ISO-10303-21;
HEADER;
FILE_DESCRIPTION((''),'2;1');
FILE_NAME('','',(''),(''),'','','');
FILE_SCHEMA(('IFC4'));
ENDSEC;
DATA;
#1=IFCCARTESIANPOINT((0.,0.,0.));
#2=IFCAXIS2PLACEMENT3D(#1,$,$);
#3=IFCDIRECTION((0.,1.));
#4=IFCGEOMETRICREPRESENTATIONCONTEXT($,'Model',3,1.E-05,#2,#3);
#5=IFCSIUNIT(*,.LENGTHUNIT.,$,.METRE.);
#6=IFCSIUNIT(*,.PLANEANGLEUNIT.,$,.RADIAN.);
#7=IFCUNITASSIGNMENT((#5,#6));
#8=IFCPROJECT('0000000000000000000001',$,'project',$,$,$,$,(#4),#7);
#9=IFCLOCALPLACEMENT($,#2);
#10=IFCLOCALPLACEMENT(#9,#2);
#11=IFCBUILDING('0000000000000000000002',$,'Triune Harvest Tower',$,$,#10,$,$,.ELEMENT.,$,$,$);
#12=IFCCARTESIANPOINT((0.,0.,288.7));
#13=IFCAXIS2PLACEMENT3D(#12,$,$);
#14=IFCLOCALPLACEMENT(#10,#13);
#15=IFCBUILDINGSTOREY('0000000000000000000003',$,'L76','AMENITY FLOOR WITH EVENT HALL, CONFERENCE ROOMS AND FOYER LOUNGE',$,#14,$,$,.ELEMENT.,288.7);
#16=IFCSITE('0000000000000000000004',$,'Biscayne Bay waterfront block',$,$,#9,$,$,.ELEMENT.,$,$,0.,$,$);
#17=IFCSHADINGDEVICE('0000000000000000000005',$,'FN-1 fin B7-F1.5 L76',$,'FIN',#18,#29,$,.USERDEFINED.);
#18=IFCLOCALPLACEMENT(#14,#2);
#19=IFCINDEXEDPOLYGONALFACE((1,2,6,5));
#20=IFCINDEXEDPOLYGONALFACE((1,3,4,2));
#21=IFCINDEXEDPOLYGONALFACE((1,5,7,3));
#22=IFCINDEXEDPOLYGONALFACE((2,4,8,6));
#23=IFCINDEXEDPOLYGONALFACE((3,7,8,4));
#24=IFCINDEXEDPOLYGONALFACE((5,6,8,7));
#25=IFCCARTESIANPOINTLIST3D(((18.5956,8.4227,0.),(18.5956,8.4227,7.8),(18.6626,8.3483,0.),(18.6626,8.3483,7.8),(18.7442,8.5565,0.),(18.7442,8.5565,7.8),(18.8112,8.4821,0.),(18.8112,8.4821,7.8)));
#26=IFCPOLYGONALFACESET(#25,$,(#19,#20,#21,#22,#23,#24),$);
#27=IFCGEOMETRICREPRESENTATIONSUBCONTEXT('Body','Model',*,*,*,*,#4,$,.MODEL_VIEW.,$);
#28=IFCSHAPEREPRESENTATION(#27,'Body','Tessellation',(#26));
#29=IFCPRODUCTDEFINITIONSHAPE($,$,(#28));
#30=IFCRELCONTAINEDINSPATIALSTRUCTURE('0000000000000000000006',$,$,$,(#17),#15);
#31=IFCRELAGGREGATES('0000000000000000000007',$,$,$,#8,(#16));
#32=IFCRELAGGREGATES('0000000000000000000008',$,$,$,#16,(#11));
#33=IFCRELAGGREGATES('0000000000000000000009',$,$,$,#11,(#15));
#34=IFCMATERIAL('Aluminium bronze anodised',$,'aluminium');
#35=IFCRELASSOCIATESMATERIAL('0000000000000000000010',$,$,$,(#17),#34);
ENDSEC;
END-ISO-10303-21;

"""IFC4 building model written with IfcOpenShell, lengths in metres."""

from ifc_helpers import new_model, si_unit, direction, frame, origin, origin_2d, place, context, subcontext, project, spatial, rectangle, extrude, source, transform, mapped, material, element, save


model = new_model("IFC4")

# Units and contexts
model_context = context("Model", 3, precision=1e-05, world=origin(), true_north=direction((0.0, 1.0)))
body_context = subcontext(model_context, "Body", "Model", "MODEL_VIEW")
ifc_project = project(units=[si_unit("LENGTHUNIT", "METRE"), si_unit("PLANEANGLEUNIT", "RADIAN")], contexts=[model_context])

# Site, building, storey
site_placement = place(None, origin())
site = spatial("IfcSite", under=ifc_project, at=site_placement, Name="Biscayne Bay waterfront block", CompositionType="ELEMENT", RefElevation=0.0)
building_placement = place(site_placement, origin())
building = spatial("IfcBuilding", under=site, at=building_placement, Name="Triune Harvest Tower", CompositionType="ELEMENT")
storey_placement = place(building_placement, frame((0.0, 0.0, 288.7)))
storey = spatial("IfcBuildingStorey", under=building, at=storey_placement, Name="L76", Description="AMENITY FLOOR WITH EVENT HALL, CONFERENCE ROOMS AND FOYER LOUNGE", CompositionType="ELEMENT", Elevation=288.7)

# Shading device
ifc_material_1 = material(Name="Aluminium bronze anodised", Category="aluminium")
shared_shape_1 = source(origin(), body_context, "Body", "SweptSolid", [
    extrude(rectangle(XDim=0.1001, YDim=0.2, at=origin_2d()), origin(), (0.0, 0.0, 1.0), 7.8),
])
shading_device_1_placement = place(storey_placement, frame((18.7034, 8.4524, 0.0), z_axis=(0.0, 0.0, 1.0), x_axis=(-0.669131, 0.743144, 0.0)))
element("IfcShadingDevice", 1, at=shading_device_1_placement, inside=storey, material=ifc_material_1, Name="FN-1 fin B7-F1.5 L76", ObjectType="FIN", PredefinedType="USERDEFINED", context=body_context, shape_type="MappedRepresentation", body=[
    mapped(shared_shape_1, transform((0.0, 0.0, 0.0), scale=1.0)),
])

save(model, "model.ifc")
